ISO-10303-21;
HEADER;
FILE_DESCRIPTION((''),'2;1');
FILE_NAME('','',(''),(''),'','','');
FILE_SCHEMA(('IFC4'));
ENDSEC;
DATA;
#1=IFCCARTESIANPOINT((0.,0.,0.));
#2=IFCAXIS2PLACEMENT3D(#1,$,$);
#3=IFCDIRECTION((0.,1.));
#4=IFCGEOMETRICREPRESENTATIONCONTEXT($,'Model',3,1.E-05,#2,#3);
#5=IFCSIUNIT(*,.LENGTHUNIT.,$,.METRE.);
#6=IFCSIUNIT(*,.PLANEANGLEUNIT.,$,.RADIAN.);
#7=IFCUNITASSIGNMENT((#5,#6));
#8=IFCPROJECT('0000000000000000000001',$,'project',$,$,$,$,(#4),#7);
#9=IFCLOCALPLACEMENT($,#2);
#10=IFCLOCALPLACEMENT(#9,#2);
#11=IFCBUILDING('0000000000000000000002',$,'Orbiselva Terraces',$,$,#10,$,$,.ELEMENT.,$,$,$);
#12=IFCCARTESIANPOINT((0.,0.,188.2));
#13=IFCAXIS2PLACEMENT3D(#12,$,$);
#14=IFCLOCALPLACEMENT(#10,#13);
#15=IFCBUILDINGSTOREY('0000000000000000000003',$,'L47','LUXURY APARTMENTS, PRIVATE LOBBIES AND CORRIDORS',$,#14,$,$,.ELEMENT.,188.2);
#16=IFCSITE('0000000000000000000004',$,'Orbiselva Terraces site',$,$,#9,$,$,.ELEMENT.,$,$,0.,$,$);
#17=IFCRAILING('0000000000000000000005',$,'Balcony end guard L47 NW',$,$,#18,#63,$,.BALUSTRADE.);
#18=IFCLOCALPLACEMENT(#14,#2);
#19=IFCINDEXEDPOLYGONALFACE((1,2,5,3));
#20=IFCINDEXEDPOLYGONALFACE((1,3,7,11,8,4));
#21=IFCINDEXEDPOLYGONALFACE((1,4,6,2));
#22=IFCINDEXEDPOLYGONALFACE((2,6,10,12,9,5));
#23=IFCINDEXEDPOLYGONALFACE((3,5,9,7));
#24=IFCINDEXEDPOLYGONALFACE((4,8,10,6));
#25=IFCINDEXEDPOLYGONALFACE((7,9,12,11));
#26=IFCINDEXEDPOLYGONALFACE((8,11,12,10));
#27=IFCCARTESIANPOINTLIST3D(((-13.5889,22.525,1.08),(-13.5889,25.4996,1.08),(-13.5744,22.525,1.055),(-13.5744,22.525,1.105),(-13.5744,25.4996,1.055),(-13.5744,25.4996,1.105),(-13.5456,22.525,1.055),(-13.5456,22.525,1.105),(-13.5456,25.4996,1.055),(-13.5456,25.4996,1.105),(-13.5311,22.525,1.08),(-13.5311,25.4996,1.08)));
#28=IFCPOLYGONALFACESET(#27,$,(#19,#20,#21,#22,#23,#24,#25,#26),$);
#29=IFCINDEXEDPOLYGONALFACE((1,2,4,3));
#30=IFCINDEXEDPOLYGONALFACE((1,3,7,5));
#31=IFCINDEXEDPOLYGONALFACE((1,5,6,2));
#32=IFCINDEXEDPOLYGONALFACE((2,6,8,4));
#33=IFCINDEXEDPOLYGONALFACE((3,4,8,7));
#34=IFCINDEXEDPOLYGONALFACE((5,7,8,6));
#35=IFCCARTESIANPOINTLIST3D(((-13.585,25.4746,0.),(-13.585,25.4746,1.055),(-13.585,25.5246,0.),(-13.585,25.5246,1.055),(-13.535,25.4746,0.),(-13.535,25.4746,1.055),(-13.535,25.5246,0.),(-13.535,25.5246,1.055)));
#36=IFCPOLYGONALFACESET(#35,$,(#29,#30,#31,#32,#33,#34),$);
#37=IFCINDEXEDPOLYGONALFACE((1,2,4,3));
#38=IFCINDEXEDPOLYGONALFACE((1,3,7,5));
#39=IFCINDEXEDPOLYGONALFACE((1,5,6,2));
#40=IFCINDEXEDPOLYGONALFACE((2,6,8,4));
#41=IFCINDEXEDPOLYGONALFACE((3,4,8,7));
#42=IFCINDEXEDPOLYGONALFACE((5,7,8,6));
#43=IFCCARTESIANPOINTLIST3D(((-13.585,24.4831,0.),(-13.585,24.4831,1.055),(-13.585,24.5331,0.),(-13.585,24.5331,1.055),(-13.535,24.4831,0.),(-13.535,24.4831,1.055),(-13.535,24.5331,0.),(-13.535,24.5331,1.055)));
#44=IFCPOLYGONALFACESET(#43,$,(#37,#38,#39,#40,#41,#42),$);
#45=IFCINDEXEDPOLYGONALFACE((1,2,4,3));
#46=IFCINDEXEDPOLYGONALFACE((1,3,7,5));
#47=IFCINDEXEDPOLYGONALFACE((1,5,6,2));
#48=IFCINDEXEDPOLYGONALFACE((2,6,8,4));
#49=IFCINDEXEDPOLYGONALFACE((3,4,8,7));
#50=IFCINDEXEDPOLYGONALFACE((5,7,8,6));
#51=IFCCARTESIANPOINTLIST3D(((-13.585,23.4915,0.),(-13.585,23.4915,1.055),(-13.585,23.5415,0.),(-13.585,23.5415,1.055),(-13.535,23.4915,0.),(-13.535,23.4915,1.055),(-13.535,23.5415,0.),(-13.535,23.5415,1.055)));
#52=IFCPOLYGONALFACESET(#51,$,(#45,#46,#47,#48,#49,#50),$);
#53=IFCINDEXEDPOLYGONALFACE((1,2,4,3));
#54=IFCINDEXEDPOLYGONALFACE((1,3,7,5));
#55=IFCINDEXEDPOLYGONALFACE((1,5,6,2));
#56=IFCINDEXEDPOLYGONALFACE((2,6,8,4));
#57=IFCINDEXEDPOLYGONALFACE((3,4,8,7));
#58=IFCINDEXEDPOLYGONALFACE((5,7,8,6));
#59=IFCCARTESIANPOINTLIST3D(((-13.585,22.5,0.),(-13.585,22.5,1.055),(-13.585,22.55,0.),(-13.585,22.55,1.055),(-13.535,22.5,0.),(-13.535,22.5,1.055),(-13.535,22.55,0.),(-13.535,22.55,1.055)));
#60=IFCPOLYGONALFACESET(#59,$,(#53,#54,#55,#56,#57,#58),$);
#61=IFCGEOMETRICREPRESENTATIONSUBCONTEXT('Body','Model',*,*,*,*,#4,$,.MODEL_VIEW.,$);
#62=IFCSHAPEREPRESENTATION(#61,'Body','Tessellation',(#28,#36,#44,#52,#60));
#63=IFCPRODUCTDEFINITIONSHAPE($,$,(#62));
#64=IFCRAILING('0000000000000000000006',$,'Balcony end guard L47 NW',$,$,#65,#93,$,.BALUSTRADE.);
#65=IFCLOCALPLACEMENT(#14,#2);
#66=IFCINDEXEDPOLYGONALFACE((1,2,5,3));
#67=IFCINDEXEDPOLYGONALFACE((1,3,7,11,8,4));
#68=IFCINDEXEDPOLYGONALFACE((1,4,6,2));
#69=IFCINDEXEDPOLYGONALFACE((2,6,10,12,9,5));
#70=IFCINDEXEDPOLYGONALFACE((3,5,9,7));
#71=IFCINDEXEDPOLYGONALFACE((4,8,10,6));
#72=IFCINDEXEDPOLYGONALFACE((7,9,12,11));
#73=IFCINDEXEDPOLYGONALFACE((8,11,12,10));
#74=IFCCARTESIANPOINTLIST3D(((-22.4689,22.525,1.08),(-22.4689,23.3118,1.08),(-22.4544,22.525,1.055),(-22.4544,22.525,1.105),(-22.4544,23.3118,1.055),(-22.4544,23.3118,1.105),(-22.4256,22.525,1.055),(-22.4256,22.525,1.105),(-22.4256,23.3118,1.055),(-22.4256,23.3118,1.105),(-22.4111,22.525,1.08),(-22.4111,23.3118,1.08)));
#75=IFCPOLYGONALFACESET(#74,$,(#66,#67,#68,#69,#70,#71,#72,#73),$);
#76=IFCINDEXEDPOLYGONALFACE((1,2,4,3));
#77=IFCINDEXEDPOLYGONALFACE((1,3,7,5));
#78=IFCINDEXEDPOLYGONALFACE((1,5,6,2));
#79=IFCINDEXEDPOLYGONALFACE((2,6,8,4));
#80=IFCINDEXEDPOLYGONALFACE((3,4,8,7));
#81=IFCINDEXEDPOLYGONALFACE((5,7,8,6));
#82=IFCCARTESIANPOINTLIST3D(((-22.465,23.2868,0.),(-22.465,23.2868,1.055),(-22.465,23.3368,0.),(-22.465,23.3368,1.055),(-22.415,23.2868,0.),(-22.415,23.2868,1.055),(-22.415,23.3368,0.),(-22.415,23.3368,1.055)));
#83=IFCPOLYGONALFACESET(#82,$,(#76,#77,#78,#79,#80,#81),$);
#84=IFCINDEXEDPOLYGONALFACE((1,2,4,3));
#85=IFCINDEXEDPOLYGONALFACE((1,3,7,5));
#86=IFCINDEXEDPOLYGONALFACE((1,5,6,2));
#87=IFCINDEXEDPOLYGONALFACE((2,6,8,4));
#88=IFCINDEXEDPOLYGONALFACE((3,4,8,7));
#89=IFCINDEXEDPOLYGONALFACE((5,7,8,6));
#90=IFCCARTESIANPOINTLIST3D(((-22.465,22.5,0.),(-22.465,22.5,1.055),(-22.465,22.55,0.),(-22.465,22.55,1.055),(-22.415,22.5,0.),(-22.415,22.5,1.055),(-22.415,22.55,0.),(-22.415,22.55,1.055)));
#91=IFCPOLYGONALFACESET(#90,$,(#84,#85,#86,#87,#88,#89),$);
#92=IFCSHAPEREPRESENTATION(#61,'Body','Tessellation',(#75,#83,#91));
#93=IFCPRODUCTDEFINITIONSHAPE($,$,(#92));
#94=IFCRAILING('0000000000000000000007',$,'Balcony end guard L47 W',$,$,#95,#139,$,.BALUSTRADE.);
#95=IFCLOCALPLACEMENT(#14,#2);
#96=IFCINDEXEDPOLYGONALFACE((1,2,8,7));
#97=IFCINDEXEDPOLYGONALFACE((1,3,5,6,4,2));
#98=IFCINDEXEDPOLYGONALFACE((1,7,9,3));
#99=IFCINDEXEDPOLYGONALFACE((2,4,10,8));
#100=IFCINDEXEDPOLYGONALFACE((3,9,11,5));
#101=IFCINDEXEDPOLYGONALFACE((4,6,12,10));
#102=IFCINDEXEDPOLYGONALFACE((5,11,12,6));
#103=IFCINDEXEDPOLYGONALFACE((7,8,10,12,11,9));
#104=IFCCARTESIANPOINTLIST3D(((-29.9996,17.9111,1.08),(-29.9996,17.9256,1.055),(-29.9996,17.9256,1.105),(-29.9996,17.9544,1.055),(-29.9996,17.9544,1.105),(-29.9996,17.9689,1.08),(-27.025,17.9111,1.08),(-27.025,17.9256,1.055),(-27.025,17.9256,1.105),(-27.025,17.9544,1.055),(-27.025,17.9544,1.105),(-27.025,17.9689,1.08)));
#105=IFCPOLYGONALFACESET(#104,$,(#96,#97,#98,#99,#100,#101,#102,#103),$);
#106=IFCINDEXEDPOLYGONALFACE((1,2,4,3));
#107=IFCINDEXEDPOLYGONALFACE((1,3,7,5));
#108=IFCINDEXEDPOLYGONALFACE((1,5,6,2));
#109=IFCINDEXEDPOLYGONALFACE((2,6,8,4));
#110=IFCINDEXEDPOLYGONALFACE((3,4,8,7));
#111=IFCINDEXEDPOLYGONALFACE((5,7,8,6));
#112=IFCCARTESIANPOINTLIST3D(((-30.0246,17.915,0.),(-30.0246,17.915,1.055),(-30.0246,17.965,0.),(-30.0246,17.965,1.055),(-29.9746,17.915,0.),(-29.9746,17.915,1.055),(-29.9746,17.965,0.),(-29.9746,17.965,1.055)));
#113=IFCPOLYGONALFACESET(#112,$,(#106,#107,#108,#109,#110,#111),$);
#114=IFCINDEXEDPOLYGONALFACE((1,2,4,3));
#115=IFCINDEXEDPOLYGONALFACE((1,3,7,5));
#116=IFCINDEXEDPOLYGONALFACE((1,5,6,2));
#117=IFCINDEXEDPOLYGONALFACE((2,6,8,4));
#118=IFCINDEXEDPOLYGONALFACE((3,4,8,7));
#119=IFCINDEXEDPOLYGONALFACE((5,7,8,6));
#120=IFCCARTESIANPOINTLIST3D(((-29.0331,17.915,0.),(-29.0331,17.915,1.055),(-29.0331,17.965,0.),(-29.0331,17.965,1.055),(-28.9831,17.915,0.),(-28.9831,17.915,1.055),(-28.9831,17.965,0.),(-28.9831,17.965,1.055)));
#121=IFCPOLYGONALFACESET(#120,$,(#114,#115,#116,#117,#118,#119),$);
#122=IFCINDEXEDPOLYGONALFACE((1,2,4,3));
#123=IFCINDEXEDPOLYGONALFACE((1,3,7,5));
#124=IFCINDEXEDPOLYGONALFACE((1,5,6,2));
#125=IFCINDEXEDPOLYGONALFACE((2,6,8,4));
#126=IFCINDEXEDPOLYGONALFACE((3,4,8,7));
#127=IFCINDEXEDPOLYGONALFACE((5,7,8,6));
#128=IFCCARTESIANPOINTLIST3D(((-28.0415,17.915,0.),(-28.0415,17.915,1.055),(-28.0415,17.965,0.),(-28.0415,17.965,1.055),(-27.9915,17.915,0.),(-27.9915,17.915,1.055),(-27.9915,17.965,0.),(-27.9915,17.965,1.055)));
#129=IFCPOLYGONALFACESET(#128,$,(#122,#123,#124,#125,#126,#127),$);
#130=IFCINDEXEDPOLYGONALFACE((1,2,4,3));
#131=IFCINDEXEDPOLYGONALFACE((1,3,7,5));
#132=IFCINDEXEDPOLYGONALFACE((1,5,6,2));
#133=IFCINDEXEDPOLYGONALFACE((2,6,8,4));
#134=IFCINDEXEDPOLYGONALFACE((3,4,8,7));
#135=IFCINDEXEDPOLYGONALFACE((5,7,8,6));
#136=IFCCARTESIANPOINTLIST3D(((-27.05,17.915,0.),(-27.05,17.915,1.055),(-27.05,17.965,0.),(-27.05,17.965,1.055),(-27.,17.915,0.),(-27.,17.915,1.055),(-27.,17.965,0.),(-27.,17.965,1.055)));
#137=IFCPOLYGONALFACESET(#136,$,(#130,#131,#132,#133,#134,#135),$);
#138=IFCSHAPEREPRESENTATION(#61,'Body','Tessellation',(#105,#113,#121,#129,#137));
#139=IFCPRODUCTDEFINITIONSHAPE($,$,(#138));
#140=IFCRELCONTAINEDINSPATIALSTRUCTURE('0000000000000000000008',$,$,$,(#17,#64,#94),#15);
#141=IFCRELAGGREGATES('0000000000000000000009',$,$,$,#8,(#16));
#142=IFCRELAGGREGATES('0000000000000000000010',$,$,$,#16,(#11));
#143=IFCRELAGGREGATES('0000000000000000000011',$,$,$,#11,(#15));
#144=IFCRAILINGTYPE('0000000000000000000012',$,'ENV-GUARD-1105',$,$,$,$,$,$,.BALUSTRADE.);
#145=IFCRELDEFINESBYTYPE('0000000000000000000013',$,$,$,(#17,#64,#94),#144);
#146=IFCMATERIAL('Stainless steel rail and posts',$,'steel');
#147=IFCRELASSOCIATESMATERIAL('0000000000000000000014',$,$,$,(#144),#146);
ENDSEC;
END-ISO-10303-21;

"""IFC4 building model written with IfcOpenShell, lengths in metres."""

from ifc_helpers import new_model, si_unit, direction, frame, origin, origin_2d, place, context, subcontext, project, spatial, polyline, rectangle, outline, extrude, material, type_object, element, save


model = new_model("IFC4")

# Units and contexts
model_context = context("Model", 3, precision=1e-05, world=origin(), true_north=direction((0.0, 1.0)))
body_context = subcontext(model_context, "Body", "Model", "MODEL_VIEW")
ifc_project = project(units=[si_unit("LENGTHUNIT", "METRE"), si_unit("PLANEANGLEUNIT", "RADIAN")], contexts=[model_context])

# Site, building, storey
site_placement = place(None, origin())
site = spatial("IfcSite", under=ifc_project, at=site_placement, Name="Orbiselva Terraces site", CompositionType="ELEMENT", RefElevation=0.0)
building_placement = place(site_placement, origin())
building = spatial("IfcBuilding", under=site, at=building_placement, Name="Orbiselva Terraces", CompositionType="ELEMENT")
storey_placement = place(building_placement, frame((0.0, 0.0, 188.2)))
storey = spatial("IfcBuildingStorey", under=building, at=storey_placement, Name="L47", Description="LUXURY APARTMENTS, PRIVATE LOBBIES AND CORRIDORS", CompositionType="ELEMENT", Elevation=188.2)

# Railings
ifc_material_1 = material(Name="Stainless steel rail and posts", Category="steel")
railing_type_1 = type_object("IfcRailingType", Name="ENV-GUARD-1105", PredefinedType="BALUSTRADE", material=ifc_material_1)
railing_1_placement = place(storey_placement, frame((-13.56, 25.4996, 0.0)))
element("IfcRailing", 1, at=railing_1_placement, inside=storey, type_object=railing_type_1, Name="Balcony end guard L47 NW", PredefinedType="BALUSTRADE", context=body_context, shape_type="SweptSolid", body=[
    extrude(outline(polyline([(0.0289, 0.0), (0.0144, 0.025), (-0.0144, 0.025), (-0.0289, 0.0), (-0.0144, -0.025), (0.0144, -0.025), (0.0289, 0.0)])), frame((0.0, 0.0, 1.08), z_axis=(0.0, -1.0, 0.0), x_axis=(1.0, 0.0, 0.0)), (0.0, 0.0, 1.0), 2.9746),
    extrude(rectangle(XDim=0.05, YDim=0.05, at=origin_2d()), origin(), (0.0, 0.0, 1.0), 1.055),
    extrude(rectangle(XDim=0.05, YDim=0.05, at=origin_2d()), frame((0.0, -0.9915, 0.0)), (0.0, 0.0, 1.0), 1.055),
    extrude(rectangle(XDim=0.05, YDim=0.05, at=origin_2d()), frame((0.0, -1.9831, 0.0)), (0.0, 0.0, 1.0), 1.055),
    extrude(rectangle(XDim=0.05, YDim=0.05, at=origin_2d()), frame((0.0, -2.9746, 0.0)), (0.0, 0.0, 1.0), 1.055),
])
railing_2_placement = place(storey_placement, frame((-22.44, 23.3118, 0.0)))
element("IfcRailing", 2, at=railing_2_placement, inside=storey, type_object=railing_type_1, Name="Balcony end guard L47 NW", PredefinedType="BALUSTRADE", context=body_context, shape_type="SweptSolid", body=[
    extrude(outline(polyline([(0.0289, 0.0), (0.0144, 0.025), (-0.0144, 0.025), (-0.0289, 0.0), (-0.0144, -0.025), (0.0144, -0.025), (0.0289, 0.0)])), frame((0.0, 0.0, 1.08), z_axis=(0.0, -1.0, 0.0), x_axis=(1.0, 0.0, 0.0)), (0.0, 0.0, 1.0), 0.7868),
    extrude(rectangle(XDim=0.05, YDim=0.05, at=origin_2d()), origin(), (0.0, 0.0, 1.0), 1.055),
    extrude(rectangle(XDim=0.05, YDim=0.05, at=origin_2d()), frame((0.0, -0.7868, 0.0)), (0.0, 0.0, 1.0), 1.055),
])
railing_3_placement = place(storey_placement, frame((-29.9996, 17.94, 0.0)))
element("IfcRailing", 3, at=railing_3_placement, inside=storey, type_object=railing_type_1, Name="Balcony end guard L47 W", PredefinedType="BALUSTRADE", context=body_context, shape_type="SweptSolid", body=[
    extrude(outline(polyline([(0.0289, 0.0), (0.0144, 0.025), (-0.0144, 0.025), (-0.0289, 0.0), (-0.0144, -0.025), (0.0144, -0.025), (0.0289, 0.0)])), frame((0.0, 0.0, 1.08), z_axis=(1.0, 0.0, 0.0), x_axis=(0.0, 1.0, 0.0)), (0.0, 0.0, 1.0), 2.9746),
    extrude(rectangle(XDim=0.05, YDim=0.05, at=origin_2d()), origin(), (0.0, 0.0, 1.0), 1.055),
    extrude(rectangle(XDim=0.05, YDim=0.05, at=origin_2d()), frame((0.9915, 0.0, 0.0)), (0.0, 0.0, 1.0), 1.055),
    extrude(rectangle(XDim=0.05, YDim=0.05, at=origin_2d()), frame((1.9831, 0.0, 0.0)), (0.0, 0.0, 1.0), 1.055),
    extrude(rectangle(XDim=0.05, YDim=0.05, at=origin_2d()), frame((2.9746, 0.0, 0.0)), (0.0, 0.0, 1.0), 1.055),
])

save(model, "model.ifc")
